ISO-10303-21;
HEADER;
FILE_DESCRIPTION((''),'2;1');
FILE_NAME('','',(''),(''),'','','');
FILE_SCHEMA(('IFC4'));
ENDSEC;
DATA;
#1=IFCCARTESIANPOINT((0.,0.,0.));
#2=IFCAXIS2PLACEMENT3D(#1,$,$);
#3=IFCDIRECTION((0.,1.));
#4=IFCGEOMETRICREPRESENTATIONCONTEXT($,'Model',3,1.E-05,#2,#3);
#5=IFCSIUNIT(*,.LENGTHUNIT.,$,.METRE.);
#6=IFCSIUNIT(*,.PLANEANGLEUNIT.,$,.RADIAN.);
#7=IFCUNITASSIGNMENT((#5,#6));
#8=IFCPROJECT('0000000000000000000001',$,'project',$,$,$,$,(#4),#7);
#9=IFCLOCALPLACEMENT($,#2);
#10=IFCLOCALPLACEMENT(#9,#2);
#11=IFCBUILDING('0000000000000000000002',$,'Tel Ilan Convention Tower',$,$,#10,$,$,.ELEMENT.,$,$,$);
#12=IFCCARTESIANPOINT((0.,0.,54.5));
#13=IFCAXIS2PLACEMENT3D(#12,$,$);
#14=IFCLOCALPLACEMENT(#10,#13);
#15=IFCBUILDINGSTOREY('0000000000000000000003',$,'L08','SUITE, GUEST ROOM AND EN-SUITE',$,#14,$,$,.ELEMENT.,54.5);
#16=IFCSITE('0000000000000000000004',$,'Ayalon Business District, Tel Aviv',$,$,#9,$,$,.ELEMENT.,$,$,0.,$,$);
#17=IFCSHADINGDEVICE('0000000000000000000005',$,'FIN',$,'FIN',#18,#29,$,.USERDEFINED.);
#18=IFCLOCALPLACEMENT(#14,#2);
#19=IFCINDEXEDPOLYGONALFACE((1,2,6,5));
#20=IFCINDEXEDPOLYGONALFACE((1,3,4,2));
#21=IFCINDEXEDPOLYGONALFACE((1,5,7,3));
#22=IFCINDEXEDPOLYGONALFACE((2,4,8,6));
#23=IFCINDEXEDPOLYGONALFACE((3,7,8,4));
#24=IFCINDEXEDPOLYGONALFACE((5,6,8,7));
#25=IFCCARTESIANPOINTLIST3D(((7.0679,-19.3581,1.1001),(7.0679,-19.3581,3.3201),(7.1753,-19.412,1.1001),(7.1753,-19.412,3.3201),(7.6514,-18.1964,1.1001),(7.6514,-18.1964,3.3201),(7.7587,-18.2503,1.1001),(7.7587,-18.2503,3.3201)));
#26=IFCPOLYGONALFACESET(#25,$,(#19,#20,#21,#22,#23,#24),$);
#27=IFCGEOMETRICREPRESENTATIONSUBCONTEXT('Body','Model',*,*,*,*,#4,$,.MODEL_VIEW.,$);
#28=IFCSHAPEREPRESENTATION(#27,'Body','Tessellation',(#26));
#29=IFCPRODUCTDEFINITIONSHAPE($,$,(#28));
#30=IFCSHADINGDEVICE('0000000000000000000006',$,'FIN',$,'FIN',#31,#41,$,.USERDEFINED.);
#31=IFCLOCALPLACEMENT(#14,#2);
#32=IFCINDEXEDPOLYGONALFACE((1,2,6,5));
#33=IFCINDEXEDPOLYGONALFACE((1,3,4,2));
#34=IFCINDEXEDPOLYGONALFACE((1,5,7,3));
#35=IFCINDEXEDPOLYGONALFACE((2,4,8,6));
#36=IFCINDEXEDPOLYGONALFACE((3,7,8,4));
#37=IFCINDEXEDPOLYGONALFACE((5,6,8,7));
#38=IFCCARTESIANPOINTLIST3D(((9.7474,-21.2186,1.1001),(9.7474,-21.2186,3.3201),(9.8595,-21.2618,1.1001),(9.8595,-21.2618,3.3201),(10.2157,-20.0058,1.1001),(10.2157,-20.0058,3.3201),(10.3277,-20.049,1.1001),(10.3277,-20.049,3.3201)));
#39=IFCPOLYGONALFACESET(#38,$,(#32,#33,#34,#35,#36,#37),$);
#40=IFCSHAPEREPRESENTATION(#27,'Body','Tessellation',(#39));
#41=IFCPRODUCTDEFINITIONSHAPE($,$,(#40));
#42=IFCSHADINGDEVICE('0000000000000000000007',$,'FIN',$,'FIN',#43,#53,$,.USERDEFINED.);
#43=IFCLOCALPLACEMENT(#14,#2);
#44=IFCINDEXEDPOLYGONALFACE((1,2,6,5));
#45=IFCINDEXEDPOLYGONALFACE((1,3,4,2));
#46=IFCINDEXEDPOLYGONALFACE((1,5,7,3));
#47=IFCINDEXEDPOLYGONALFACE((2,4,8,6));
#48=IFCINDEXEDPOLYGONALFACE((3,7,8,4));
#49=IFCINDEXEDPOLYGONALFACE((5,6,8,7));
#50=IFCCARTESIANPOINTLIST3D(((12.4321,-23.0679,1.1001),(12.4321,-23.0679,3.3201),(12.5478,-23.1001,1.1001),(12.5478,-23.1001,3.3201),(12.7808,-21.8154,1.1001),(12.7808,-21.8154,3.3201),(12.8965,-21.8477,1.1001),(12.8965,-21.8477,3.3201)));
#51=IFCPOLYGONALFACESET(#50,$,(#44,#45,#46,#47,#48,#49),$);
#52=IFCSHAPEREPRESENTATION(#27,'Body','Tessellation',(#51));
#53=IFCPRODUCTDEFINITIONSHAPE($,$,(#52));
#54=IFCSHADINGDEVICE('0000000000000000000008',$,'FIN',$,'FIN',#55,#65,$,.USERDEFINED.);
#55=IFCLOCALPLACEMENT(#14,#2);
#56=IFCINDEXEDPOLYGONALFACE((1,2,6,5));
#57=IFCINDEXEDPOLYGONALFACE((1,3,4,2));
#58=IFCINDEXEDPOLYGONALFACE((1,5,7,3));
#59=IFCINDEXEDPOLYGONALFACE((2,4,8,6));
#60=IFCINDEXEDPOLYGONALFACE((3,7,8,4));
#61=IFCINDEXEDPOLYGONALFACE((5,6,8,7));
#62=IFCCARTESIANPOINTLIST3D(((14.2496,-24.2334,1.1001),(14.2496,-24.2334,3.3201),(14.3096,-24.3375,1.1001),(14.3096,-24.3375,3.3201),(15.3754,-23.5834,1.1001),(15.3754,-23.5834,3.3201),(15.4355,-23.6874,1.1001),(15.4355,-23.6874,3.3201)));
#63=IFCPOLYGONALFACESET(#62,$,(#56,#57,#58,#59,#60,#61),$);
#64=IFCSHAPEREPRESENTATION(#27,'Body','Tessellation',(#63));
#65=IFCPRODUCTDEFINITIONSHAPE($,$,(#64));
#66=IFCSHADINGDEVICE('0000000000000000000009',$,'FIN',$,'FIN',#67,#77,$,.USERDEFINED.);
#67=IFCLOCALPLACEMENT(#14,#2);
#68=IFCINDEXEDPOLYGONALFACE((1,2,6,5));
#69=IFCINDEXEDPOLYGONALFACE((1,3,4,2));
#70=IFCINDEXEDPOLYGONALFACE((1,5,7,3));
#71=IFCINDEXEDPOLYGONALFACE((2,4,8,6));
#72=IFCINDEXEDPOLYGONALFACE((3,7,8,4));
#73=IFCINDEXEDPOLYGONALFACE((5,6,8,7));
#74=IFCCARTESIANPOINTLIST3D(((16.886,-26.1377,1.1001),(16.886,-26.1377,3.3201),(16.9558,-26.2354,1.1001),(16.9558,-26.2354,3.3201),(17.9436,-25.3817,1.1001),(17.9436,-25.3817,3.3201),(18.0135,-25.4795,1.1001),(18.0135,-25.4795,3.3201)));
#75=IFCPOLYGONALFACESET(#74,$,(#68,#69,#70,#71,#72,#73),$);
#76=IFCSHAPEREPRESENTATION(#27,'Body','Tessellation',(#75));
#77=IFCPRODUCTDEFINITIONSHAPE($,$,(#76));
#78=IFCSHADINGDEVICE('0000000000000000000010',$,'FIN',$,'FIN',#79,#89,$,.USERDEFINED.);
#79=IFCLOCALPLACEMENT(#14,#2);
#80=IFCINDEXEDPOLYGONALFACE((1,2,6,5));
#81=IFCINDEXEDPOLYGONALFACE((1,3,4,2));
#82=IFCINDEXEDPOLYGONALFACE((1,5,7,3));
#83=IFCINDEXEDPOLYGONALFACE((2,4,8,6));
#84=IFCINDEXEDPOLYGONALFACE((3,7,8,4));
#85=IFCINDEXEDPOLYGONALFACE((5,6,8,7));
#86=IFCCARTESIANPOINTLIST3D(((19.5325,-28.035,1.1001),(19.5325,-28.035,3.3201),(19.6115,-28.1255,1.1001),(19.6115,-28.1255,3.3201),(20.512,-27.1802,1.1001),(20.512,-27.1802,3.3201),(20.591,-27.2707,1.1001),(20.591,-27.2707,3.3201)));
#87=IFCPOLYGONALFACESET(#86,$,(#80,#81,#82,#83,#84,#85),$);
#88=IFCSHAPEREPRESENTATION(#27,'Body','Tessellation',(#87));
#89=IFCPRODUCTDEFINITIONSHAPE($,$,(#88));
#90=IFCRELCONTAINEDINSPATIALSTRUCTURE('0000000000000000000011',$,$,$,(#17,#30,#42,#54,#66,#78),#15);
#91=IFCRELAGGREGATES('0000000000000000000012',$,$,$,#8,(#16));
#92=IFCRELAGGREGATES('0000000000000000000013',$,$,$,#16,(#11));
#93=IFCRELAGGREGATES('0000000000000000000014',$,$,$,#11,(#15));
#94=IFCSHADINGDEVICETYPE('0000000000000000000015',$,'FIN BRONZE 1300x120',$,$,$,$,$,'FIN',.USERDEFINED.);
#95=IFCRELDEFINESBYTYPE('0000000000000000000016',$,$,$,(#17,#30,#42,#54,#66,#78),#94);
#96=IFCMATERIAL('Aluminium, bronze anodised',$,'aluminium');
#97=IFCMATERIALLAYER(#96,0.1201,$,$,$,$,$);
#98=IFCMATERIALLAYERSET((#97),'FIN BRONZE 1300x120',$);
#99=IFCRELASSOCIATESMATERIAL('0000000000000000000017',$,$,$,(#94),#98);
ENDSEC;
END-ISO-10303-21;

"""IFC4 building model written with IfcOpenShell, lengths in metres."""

from ifc_helpers import new_model, si_unit, direction, frame, origin, origin_2d, place, context, subcontext, project, spatial, rectangle, extrude, material, layer, layer_set, type_object, element, save


model = new_model("IFC4")

# Units and contexts
model_context = context("Model", 3, precision=1e-05, world=origin(), true_north=direction((0.0, 1.0)))
body_context = subcontext(model_context, "Body", "Model", "MODEL_VIEW")
ifc_project = project(units=[si_unit("LENGTHUNIT", "METRE"), si_unit("PLANEANGLEUNIT", "RADIAN")], contexts=[model_context])

# Site, building, storey
site_placement = place(None, origin())
site = spatial("IfcSite", under=ifc_project, at=site_placement, Name="Ayalon Business District, Tel Aviv", CompositionType="ELEMENT", RefElevation=0.0)
building_placement = place(site_placement, origin())
building = spatial("IfcBuilding", under=site, at=building_placement, Name="Tel Ilan Convention Tower", CompositionType="ELEMENT")
storey_placement = place(building_placement, frame((0.0, 0.0, 54.5)))
storey = spatial("IfcBuildingStorey", under=building, at=storey_placement, Name="L08", Description="SUITE, GUEST ROOM AND EN-SUITE", CompositionType="ELEMENT", Elevation=54.5)

# Shading devices
ifc_material_1 = material(Name="Aluminium, bronze anodised", Category="aluminium")
ifc_layer_1 = layer(ifc_material_1, 0.1201)
ifc_layer_set_1 = layer_set([ifc_layer_1], Name="FIN BRONZE 1300x120")
shading_device_type = type_object("IfcShadingDeviceType", Name="FIN BRONZE 1300x120", ElementType="FIN", PredefinedType="USERDEFINED", material=ifc_layer_set_1)
for number, where, z_axis, x_axis, name in (
    (1, (7.4133, -18.8042, 1.1001), (0.0, 0.0, 1.0), (-0.448799, -0.893633, 0.0), "FIN"),
    (2, (10.0376, -20.6338, 1.1001), (0.0, 0.0, 1.0), (-0.360178, -0.932884, 0.0), "FIN"),
    (3, (12.6643, -22.4578, 1.1001), (0.0, 0.0, 1.0), (-0.268173, -0.963371, 0.0), "FIN"),
    (4, (14.8425, -23.9604, 1.1001), (0.0, 0.0, 1.0), (-0.866025, -0.5, 0.0), "FIN"),
    (5, (17.4497, -25.8086, 1.1001), (0.0, 0.0, 1.0), (-0.813552, -0.581492, 0.0), "FIN"),
    (6, (20.0618, -27.6528, 1.1001), (0.0, 0.0, 1.0), (-0.753436, -0.657521, 0.0), "FIN"),
):
    element("IfcShadingDevice", number, at=place(storey_placement, frame(where, z_axis=z_axis, x_axis=x_axis)), inside=storey, type_object=shading_device_type, Name=name, ObjectType="FIN", PredefinedType="USERDEFINED", context=body_context, shape_type="SweptSolid", body=[
        extrude(rectangle(XDim=1.3, YDim=0.1201, at=origin_2d()), origin(), (0.0, 0.0, 1.0), 2.22),
    ])

save(model, "model.ifc")
